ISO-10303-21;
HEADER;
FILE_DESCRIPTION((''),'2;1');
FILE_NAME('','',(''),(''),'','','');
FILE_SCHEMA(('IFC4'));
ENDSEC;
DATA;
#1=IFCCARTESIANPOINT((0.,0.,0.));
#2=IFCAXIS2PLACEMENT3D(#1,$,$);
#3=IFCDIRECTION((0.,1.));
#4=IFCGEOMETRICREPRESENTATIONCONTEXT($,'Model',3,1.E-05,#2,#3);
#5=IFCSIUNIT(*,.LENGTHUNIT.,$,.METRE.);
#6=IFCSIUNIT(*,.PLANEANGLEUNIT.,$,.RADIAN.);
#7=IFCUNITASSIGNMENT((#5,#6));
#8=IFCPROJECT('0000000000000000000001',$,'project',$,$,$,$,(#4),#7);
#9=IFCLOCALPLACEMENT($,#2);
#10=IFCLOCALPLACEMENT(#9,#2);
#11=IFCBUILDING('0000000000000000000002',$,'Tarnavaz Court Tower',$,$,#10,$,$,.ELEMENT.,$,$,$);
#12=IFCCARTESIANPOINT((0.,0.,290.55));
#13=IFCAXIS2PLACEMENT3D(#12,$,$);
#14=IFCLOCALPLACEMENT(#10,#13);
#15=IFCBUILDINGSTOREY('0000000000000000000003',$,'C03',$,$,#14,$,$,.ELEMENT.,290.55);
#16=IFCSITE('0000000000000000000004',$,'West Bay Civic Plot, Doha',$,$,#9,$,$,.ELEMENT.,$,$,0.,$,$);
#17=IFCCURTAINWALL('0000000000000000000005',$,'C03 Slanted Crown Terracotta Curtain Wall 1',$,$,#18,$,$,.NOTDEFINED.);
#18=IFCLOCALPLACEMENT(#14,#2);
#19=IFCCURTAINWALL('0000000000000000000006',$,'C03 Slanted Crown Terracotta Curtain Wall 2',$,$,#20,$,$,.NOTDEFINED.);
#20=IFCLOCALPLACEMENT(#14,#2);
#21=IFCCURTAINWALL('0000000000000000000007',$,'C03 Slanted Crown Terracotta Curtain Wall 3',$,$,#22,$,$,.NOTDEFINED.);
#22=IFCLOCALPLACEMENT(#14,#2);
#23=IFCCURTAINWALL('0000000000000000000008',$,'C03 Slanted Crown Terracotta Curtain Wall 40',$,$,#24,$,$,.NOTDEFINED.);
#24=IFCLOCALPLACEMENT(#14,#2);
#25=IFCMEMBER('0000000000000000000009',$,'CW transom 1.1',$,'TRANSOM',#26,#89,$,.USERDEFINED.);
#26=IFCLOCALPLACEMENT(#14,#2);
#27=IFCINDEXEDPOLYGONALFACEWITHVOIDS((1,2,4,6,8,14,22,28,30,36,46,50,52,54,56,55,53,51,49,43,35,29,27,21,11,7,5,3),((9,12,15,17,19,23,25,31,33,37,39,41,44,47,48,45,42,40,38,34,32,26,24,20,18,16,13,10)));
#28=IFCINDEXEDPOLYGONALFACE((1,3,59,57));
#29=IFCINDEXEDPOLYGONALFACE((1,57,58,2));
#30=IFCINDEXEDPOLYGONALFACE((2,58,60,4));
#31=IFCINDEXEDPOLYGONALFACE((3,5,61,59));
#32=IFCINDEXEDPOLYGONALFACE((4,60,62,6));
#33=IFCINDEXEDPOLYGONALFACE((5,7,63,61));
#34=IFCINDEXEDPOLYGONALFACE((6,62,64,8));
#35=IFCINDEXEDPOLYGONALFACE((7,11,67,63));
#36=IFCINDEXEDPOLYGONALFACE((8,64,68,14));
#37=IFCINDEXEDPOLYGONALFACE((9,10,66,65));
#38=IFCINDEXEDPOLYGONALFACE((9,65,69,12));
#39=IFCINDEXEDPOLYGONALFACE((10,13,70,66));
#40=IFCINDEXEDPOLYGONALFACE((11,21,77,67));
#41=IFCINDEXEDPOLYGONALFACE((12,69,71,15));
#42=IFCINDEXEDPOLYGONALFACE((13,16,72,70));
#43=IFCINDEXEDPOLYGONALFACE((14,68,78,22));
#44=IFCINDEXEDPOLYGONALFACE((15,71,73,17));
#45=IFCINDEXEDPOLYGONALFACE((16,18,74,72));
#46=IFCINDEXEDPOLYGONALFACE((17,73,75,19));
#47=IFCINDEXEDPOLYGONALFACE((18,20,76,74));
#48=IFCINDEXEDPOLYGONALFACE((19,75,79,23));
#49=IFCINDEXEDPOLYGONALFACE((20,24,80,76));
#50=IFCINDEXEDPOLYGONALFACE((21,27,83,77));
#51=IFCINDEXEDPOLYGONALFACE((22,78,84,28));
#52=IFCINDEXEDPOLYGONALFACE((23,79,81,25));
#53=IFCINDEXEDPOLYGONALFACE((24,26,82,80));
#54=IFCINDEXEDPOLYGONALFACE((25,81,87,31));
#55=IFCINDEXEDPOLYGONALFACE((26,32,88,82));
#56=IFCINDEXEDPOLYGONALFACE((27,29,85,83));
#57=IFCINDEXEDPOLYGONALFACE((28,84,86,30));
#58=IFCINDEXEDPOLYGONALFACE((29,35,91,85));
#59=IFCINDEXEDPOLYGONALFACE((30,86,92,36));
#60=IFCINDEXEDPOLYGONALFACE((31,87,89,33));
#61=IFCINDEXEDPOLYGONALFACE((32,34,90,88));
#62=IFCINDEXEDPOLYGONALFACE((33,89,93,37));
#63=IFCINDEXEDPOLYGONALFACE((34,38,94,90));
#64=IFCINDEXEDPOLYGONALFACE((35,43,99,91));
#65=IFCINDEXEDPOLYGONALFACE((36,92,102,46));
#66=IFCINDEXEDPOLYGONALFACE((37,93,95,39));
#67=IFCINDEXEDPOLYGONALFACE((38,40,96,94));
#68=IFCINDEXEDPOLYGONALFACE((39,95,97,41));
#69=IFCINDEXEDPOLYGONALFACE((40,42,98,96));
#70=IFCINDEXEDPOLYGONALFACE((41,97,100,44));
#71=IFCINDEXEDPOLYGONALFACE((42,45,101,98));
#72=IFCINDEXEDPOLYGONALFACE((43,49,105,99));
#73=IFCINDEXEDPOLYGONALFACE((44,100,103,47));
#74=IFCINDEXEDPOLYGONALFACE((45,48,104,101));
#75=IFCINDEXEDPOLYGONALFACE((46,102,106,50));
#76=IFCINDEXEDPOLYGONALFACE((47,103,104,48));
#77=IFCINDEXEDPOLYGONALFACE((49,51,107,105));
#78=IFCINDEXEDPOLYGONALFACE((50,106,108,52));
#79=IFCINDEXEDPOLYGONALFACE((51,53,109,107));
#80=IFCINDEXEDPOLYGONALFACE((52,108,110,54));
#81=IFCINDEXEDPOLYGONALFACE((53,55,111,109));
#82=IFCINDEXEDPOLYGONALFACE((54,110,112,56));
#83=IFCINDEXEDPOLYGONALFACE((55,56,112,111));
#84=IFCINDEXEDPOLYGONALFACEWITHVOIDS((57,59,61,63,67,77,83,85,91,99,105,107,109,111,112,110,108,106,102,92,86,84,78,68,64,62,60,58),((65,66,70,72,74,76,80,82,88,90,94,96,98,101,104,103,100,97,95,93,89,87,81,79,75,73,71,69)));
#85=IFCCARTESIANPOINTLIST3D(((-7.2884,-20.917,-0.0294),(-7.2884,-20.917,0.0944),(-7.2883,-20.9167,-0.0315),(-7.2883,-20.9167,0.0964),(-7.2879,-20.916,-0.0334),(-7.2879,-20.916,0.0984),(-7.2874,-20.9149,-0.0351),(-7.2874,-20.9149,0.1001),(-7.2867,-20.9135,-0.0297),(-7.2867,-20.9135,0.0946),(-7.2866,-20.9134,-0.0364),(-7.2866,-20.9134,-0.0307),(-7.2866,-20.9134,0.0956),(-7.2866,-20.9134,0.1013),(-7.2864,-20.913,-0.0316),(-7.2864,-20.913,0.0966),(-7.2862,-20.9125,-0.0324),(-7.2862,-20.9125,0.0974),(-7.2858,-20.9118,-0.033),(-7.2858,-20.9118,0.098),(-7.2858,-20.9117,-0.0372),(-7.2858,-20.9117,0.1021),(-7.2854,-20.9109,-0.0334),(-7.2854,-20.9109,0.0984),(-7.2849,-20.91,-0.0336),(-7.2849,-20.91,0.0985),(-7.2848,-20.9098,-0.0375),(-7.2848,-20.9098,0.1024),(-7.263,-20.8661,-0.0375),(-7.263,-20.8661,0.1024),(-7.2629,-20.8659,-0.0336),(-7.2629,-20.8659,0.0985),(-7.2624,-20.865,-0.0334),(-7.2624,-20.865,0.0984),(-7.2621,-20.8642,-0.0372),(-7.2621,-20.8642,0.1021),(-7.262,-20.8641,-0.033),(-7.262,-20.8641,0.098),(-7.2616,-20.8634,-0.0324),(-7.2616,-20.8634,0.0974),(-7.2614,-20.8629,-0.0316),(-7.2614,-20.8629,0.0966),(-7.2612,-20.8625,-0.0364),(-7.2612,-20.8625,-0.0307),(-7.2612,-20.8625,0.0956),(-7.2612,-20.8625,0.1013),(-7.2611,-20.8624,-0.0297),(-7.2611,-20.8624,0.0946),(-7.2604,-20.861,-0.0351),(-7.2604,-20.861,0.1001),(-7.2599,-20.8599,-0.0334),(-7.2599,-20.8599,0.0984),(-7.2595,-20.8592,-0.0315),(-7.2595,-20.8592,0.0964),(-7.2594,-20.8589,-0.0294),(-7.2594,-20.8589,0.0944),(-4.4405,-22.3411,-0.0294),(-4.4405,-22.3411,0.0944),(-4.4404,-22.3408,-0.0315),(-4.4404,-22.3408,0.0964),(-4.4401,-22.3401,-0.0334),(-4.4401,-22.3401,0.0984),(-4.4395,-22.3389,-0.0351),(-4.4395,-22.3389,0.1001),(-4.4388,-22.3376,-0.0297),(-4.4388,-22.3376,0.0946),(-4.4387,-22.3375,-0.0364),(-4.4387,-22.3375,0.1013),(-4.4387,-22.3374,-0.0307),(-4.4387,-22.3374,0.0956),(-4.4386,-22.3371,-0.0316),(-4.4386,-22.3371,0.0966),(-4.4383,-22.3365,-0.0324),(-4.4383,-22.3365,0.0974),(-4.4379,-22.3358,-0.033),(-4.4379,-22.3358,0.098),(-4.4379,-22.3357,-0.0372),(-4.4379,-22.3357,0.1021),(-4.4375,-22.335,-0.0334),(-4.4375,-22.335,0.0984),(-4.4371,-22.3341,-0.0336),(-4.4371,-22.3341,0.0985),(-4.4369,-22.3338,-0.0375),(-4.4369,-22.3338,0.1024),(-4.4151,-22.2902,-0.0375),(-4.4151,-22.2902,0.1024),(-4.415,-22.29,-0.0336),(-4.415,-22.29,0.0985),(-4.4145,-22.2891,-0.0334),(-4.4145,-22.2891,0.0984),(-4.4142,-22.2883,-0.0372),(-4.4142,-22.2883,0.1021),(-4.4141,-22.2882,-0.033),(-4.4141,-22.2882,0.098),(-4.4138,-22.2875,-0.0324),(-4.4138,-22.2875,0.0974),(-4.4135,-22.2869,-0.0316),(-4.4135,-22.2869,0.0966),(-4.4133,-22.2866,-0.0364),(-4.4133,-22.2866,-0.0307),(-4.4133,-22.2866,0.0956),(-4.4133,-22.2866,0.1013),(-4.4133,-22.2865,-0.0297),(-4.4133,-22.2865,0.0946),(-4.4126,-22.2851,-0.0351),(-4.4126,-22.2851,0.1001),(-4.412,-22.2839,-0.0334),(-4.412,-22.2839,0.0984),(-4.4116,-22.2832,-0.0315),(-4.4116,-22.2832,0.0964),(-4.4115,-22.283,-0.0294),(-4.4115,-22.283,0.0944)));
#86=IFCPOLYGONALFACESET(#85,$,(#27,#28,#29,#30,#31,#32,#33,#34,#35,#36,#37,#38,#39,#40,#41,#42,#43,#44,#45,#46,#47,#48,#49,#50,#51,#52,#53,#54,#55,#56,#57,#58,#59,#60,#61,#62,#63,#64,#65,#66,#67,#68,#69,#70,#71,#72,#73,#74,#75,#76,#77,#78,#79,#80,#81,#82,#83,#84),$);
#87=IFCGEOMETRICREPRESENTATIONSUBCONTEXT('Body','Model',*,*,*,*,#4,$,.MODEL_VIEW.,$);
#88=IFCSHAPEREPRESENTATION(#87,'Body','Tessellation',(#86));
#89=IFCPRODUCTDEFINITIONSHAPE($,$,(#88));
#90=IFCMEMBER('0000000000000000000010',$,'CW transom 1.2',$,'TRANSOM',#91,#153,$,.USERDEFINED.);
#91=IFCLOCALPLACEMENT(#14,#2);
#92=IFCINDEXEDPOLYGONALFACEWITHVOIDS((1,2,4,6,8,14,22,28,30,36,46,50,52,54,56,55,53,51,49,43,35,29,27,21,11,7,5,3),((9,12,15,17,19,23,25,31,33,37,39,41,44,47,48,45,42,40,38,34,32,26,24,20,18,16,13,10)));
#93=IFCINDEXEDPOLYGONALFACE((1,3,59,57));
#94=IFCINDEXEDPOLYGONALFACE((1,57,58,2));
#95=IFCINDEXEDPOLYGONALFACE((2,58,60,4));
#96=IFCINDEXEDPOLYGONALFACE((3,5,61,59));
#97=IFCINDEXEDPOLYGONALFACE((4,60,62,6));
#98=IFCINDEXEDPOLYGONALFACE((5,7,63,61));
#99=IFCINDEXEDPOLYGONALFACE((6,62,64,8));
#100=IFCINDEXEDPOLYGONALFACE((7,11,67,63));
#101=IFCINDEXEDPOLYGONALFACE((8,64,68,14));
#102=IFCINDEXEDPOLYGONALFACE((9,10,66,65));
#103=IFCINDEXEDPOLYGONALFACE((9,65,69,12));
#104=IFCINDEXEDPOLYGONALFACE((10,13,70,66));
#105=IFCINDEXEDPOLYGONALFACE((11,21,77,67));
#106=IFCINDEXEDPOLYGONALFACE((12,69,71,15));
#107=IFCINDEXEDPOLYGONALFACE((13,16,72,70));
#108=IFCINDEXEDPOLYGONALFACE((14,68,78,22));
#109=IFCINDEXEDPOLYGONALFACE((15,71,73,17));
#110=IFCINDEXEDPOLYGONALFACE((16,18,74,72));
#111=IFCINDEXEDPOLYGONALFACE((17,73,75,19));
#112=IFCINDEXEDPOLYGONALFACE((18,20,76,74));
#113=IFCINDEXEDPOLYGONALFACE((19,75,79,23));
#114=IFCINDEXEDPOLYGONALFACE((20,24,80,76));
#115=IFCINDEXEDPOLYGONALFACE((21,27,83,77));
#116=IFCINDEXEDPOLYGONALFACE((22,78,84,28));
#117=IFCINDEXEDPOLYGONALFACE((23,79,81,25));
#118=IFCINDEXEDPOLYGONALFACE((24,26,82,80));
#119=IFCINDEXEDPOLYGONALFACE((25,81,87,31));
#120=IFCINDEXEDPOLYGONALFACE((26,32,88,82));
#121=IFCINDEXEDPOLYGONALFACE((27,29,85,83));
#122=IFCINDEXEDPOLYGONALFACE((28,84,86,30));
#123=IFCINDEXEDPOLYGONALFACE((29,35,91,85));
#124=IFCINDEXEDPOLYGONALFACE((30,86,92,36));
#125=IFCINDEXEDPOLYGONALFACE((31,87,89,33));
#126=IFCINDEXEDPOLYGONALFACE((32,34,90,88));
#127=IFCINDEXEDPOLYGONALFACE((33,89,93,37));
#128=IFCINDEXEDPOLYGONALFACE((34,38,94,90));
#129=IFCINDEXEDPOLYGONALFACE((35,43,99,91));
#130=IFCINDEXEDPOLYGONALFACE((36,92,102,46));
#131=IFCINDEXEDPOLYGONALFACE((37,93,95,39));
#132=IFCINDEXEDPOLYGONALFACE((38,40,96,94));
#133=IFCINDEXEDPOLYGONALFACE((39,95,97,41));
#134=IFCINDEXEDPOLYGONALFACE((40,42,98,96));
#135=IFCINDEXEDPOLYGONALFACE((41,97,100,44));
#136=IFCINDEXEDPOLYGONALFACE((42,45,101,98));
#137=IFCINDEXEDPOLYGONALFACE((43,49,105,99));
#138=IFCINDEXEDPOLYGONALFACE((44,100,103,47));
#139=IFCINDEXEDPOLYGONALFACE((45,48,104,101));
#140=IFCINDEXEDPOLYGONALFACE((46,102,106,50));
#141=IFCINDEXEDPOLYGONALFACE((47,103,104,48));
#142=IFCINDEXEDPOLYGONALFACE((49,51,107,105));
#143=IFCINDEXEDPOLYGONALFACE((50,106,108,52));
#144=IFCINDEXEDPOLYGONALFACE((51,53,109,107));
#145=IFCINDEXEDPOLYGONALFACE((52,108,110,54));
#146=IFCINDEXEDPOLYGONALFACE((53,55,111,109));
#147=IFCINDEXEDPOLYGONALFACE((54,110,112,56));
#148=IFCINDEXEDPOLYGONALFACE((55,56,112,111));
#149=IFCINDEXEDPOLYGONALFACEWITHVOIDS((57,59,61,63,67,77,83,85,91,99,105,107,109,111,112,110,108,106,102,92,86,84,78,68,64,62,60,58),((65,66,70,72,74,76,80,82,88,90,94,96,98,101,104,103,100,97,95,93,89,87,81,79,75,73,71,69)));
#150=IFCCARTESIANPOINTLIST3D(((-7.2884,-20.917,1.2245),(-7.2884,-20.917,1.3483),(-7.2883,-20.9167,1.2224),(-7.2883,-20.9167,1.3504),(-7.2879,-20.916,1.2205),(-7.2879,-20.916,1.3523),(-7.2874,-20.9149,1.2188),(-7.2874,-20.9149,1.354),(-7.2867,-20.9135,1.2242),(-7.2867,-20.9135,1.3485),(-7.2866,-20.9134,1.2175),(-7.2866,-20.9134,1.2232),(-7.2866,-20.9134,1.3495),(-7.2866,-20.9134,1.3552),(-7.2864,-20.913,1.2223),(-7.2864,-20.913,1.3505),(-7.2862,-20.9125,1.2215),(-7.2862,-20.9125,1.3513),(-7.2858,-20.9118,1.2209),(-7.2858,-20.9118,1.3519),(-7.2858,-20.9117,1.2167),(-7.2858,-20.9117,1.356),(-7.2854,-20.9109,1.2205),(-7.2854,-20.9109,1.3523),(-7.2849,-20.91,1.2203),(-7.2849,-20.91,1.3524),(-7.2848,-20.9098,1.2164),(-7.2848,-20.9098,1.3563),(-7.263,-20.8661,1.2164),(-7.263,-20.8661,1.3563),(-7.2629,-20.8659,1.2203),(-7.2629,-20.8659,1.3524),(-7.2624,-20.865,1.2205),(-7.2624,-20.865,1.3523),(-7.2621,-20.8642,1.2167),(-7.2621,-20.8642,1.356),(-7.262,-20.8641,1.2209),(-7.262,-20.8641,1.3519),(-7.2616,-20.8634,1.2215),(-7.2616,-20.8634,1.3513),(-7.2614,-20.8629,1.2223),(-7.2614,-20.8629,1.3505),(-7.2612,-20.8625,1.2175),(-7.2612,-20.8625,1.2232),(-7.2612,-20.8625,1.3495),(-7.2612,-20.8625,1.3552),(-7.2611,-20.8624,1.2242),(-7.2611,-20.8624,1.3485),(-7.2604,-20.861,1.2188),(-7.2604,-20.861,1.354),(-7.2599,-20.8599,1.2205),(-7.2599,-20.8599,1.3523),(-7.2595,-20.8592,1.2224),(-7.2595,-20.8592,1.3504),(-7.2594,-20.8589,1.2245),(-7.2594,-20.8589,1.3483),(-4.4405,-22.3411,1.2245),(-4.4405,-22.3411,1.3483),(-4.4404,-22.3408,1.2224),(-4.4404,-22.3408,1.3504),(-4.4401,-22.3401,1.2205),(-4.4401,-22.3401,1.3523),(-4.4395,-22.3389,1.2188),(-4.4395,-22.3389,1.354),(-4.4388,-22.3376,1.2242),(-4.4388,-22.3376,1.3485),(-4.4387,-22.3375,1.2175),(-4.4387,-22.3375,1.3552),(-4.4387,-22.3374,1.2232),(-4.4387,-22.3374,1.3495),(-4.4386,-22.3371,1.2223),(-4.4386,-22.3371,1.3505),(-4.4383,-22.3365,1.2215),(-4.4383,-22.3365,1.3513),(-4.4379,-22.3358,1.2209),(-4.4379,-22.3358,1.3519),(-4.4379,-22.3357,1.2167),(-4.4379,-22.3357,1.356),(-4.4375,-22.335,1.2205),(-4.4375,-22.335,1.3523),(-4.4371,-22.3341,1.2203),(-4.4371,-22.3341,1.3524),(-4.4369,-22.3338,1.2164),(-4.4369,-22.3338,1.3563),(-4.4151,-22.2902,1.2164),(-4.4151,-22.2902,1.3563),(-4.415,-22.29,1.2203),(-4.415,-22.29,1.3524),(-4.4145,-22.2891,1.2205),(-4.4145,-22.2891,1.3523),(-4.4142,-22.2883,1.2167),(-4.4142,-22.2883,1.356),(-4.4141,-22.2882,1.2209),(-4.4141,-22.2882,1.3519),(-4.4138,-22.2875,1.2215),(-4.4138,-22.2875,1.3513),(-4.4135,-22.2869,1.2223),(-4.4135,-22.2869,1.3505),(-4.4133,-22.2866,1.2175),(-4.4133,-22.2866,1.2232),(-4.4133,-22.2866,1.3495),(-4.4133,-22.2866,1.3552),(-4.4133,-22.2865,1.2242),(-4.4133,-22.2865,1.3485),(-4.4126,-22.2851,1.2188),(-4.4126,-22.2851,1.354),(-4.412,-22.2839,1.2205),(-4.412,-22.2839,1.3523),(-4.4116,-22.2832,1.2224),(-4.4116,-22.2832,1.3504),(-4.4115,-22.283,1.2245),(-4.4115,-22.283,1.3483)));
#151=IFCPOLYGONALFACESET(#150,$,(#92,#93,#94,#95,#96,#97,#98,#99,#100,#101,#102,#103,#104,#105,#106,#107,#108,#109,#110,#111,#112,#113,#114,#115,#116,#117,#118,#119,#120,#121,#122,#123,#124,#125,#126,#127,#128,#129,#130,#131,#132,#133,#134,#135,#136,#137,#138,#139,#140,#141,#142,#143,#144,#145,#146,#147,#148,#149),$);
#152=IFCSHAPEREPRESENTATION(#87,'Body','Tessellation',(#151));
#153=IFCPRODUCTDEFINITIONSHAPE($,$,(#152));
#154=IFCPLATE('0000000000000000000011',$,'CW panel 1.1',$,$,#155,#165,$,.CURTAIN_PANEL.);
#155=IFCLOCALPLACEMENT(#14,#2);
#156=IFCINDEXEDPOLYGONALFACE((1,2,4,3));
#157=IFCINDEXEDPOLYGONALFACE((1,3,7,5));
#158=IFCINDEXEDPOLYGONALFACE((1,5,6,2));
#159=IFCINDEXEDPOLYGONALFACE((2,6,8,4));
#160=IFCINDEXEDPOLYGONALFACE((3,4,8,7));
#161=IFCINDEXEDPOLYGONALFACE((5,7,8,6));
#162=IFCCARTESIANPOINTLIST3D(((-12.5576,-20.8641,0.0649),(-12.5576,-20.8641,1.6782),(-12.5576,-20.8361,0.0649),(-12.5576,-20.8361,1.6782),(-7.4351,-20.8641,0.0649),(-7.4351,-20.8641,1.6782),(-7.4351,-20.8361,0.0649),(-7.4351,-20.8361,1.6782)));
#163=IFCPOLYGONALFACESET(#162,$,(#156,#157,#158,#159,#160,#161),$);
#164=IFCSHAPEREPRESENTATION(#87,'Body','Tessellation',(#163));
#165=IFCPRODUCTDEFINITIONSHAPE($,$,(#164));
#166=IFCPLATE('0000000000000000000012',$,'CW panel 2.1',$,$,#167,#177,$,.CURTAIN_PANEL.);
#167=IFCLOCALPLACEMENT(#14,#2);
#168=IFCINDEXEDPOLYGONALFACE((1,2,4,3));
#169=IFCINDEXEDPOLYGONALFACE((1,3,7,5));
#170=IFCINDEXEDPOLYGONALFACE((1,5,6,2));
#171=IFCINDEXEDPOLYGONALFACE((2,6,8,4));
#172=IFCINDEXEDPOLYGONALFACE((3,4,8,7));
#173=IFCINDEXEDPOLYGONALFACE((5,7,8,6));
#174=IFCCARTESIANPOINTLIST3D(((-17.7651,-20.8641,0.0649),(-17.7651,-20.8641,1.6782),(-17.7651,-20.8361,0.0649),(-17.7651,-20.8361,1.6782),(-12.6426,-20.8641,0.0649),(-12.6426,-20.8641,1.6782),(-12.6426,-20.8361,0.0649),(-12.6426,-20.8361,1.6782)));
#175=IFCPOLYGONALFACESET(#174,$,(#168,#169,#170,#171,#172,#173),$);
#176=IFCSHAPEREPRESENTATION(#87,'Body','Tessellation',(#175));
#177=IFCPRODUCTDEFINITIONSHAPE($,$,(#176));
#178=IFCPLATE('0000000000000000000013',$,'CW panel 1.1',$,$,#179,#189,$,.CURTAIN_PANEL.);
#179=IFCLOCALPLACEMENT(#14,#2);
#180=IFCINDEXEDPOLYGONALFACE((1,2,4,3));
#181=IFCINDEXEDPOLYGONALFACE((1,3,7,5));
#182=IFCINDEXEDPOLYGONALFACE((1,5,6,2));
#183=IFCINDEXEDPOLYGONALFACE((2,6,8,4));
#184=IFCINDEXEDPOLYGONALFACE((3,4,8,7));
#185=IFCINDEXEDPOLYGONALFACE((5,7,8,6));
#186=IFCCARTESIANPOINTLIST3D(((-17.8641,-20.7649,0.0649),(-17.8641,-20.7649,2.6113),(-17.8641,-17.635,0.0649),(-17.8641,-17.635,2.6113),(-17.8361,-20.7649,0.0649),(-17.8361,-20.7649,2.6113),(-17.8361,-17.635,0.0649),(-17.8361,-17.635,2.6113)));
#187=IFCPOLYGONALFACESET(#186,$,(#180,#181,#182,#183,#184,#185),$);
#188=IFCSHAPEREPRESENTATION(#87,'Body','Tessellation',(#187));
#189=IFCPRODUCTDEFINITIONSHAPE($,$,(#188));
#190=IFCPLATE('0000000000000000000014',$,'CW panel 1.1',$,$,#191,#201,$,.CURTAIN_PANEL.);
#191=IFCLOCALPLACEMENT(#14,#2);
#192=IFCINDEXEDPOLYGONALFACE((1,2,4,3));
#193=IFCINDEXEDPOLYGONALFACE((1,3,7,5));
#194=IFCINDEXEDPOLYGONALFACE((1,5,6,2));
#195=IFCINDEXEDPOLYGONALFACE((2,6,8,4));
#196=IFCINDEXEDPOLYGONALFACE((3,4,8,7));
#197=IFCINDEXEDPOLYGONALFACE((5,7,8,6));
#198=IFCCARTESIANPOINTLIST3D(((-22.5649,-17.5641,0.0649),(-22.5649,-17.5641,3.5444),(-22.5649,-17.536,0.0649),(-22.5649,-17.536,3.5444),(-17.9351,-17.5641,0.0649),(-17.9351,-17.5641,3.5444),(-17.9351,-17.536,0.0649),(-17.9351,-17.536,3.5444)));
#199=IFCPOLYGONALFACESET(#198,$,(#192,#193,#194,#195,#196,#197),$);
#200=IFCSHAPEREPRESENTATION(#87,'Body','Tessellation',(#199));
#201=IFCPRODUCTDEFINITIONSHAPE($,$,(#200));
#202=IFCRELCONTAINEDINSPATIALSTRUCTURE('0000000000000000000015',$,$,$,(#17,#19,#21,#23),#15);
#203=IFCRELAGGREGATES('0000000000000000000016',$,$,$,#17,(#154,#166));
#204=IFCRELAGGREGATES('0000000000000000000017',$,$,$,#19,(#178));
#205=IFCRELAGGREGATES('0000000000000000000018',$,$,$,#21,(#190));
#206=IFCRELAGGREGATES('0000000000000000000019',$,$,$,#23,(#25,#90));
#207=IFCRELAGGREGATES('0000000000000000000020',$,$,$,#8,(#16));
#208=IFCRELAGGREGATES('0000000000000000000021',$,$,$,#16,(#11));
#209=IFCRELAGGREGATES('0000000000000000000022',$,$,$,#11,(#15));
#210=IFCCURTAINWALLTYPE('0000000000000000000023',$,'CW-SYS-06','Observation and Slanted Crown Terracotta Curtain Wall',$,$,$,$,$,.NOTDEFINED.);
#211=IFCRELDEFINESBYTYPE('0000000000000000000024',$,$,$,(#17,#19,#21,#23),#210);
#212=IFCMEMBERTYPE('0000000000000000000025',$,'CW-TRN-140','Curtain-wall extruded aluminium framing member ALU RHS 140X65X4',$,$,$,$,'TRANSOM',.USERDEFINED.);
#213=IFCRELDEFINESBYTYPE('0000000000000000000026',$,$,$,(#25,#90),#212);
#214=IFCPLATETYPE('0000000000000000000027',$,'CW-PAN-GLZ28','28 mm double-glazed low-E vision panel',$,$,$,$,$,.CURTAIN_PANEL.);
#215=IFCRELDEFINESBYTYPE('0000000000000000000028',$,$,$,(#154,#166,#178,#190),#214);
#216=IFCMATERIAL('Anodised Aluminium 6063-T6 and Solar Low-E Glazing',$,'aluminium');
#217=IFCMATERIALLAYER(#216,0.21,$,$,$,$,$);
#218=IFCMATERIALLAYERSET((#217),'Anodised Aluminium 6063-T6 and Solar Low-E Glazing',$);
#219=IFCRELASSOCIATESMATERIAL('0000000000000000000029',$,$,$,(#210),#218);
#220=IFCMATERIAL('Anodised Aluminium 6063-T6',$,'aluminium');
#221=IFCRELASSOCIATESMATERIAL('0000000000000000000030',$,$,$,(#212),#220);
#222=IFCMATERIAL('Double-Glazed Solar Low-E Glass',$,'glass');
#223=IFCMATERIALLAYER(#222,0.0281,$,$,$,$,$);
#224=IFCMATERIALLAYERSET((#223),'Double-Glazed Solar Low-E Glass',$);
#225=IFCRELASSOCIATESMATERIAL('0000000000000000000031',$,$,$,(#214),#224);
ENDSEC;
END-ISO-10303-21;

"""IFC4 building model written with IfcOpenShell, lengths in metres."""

from ifc_helpers import new_model, si_unit, direction, frame, origin, origin_2d, place, context, subcontext, project, spatial, rectangle, hollow_rectangle, extrude, material, layer, layer_set, material_profile, profile_set, type_object, element, aggregate, save


model = new_model("IFC4")

# Units and contexts
model_context = context("Model", 3, precision=1e-05, world=origin(), true_north=direction((0.0, 1.0)))
body_context = subcontext(model_context, "Body", "Model", "MODEL_VIEW")
ifc_project = project(units=[si_unit("LENGTHUNIT", "METRE"), si_unit("PLANEANGLEUNIT", "RADIAN")], contexts=[model_context])

# Site, building, storey
site_placement = place(None, origin())
site = spatial("IfcSite", under=ifc_project, at=site_placement, Name="West Bay Civic Plot, Doha", CompositionType="ELEMENT", RefElevation=0.0)
building_placement = place(site_placement, origin())
building = spatial("IfcBuilding", under=site, at=building_placement, Name="Tarnavaz Court Tower", CompositionType="ELEMENT")
storey_placement = place(building_placement, frame((0.0, 0.0, 290.55)))
storey = spatial("IfcBuildingStorey", under=building, at=storey_placement, Name="C03", CompositionType="ELEMENT", Elevation=290.55)

# Curtain walls
ifc_material_1 = material(Name="Anodised Aluminium 6063-T6 and Solar Low-E Glazing", Category="aluminium")
ifc_layer_1 = layer(ifc_material_1, 0.21)
ifc_layer_set_1 = layer_set([ifc_layer_1], Name="Anodised Aluminium 6063-T6 and Solar Low-E Glazing")
curtain_wall_type = type_object("IfcCurtainWallType", Name="CW-SYS-06", Description="Observation and Slanted Crown Terracotta Curtain Wall", PredefinedType="NOTDEFINED", material=ifc_layer_set_1)
curtain_wall_1_placement = place(storey_placement, origin())
curtain_wall_1 = element("IfcCurtainWall", 1, at=curtain_wall_1_placement, inside=storey, type_object=curtain_wall_type, Name="C03 Slanted Crown Terracotta Curtain Wall 1", PredefinedType="NOTDEFINED")
ifc_material_2 = material(Name="Anodised Aluminium 6063-T6", Category="aluminium")
curtain_wall_2_placement = place(storey_placement, origin())
curtain_wall_2 = element("IfcCurtainWall", 2, at=curtain_wall_2_placement, inside=storey, type_object=curtain_wall_type, Name="C03 Slanted Crown Terracotta Curtain Wall 2", PredefinedType="NOTDEFINED")
curtain_wall_3_placement = place(storey_placement, origin())
curtain_wall_3 = element("IfcCurtainWall", 3, at=curtain_wall_3_placement, inside=storey, type_object=curtain_wall_type, Name="C03 Slanted Crown Terracotta Curtain Wall 3", PredefinedType="NOTDEFINED")

# Curtain wall
curtain_wall_4_placement = place(storey_placement, origin())
curtain_wall_4 = element("IfcCurtainWall", 4, at=curtain_wall_4_placement, inside=storey, type_object=curtain_wall_type, Name="C03 Slanted Crown Terracotta Curtain Wall 40", PredefinedType="NOTDEFINED")

# Members
ifc_material_profile_1 = material_profile(ifc_material_2, hollow_rectangle(XDim=0.0649, YDim=0.1399, WallThickness=0.0039, InnerFilletRadius=0.0039, OuterFilletRadius=0.0081, at=origin_2d()), Name="ALU RHS 140X65X4")
ifc_profile_set_1 = profile_set([ifc_material_profile_1], Name="Anodised Aluminium 6063-T6")
member_type_1 = type_object("IfcMemberType", Name="CW-TRN-140", Description="Curtain-wall extruded aluminium framing member ALU RHS 140X65X4", ElementType="TRANSOM", PredefinedType="USERDEFINED", material=ifc_profile_set_1)
member_1_placement = place(storey_placement, frame((-4.426, -22.312, 0.0325), z_axis=(-0.894412, 0.447244, 0.0), x_axis=(-0.447244, -0.894412, 0.0)))
member_1 = element("IfcMember", 5, at=member_1_placement, type_object=member_type_1, Name="CW transom 1.1", ObjectType="TRANSOM", PredefinedType="USERDEFINED", context=body_context, shape_type="SweptSolid", body=[
    extrude(hollow_rectangle(XDim=0.0649, YDim=0.1399, WallThickness=0.0039, InnerFilletRadius=0.0039, OuterFilletRadius=0.0081, at=origin_2d()), origin(), (0.0, 0.0, 1.0), 3.1841),
])
member_2_placement = place(storey_placement, frame((-4.426, -22.312, 1.2864), z_axis=(-0.894412, 0.447244, 0.0), x_axis=(-0.447244, -0.894412, 0.0)))
member_2 = element("IfcMember", 6, at=member_2_placement, type_object=member_type_1, Name="CW transom 1.2", ObjectType="TRANSOM", PredefinedType="USERDEFINED", context=body_context, shape_type="SweptSolid", body=[
    extrude(hollow_rectangle(XDim=0.0649, YDim=0.1399, WallThickness=0.0039, InnerFilletRadius=0.0039, OuterFilletRadius=0.0081, at=origin_2d()), origin(), (0.0, 0.0, 1.0), 3.1841),
])

# Plates
ifc_material_3 = material(Name="Double-Glazed Solar Low-E Glass", Category="glass")
ifc_layer_2 = layer(ifc_material_3, 0.0281)
ifc_layer_set_2 = layer_set([ifc_layer_2], Name="Double-Glazed Solar Low-E Glass")
plate_type = type_object("IfcPlateType", Name="CW-PAN-GLZ28", Description="28 mm double-glazed low-E vision panel", PredefinedType="CURTAIN_PANEL", material=ifc_layer_set_2)
plate_1_placement = place(storey_placement, frame((-9.9963, -20.8501, 0.0649), z_axis=(0.0, 0.0, 1.0), x_axis=(-1.0, 0.0, 0.0)))
plate_1 = element("IfcPlate", 7, at=plate_1_placement, type_object=plate_type, Name="CW panel 1.1", PredefinedType="CURTAIN_PANEL", context=body_context, shape_type="SweptSolid", body=[
    extrude(rectangle(XDim=5.1226, YDim=0.0281, at=origin_2d()), origin(), (0.0, 0.0, 1.0), 1.6133),
])
plate_2_placement = place(storey_placement, frame((-15.2039, -20.8501, 0.0649), z_axis=(0.0, 0.0, 1.0), x_axis=(-1.0, 0.0, 0.0)))
plate_2 = element("IfcPlate", 8, at=plate_2_placement, type_object=plate_type, Name="CW panel 2.1", PredefinedType="CURTAIN_PANEL", context=body_context, shape_type="SweptSolid", body=[
    extrude(rectangle(XDim=5.1226, YDim=0.0281, at=origin_2d()), origin(), (0.0, 0.0, 1.0), 1.6133),
])
aggregate(curtain_wall_1, [plate_1, plate_2])
plate_3_placement = place(storey_placement, frame((-17.8501, -19.2, 0.0649), z_axis=(0.0, 0.0, 1.0), x_axis=(0.0, 1.0, 0.0)))
plate_3 = element("IfcPlate", 9, at=plate_3_placement, type_object=plate_type, Name="CW panel 1.1", PredefinedType="CURTAIN_PANEL", context=body_context, shape_type="SweptSolid", body=[
    extrude(rectangle(XDim=3.1299, YDim=0.0281, at=origin_2d()), origin(), (0.0, 0.0, 1.0), 2.5464),
])
aggregate(curtain_wall_2, [plate_3])
plate_4_placement = place(storey_placement, frame((-20.25, -17.55, 0.0649), z_axis=(0.0, 0.0, 1.0), x_axis=(-1.0, 0.0, 0.0)))
plate_4 = element("IfcPlate", 10, at=plate_4_placement, type_object=plate_type, Name="CW panel 1.1", PredefinedType="CURTAIN_PANEL", context=body_context, shape_type="SweptSolid", body=[
    extrude(rectangle(XDim=4.6299, YDim=0.0281, at=origin_2d()), origin(), (0.0, 0.0, 1.0), 3.4795),
])
aggregate(curtain_wall_3, [plate_4])
aggregate(curtain_wall_4, [member_1, member_2])

save(model, "model.ifc")
